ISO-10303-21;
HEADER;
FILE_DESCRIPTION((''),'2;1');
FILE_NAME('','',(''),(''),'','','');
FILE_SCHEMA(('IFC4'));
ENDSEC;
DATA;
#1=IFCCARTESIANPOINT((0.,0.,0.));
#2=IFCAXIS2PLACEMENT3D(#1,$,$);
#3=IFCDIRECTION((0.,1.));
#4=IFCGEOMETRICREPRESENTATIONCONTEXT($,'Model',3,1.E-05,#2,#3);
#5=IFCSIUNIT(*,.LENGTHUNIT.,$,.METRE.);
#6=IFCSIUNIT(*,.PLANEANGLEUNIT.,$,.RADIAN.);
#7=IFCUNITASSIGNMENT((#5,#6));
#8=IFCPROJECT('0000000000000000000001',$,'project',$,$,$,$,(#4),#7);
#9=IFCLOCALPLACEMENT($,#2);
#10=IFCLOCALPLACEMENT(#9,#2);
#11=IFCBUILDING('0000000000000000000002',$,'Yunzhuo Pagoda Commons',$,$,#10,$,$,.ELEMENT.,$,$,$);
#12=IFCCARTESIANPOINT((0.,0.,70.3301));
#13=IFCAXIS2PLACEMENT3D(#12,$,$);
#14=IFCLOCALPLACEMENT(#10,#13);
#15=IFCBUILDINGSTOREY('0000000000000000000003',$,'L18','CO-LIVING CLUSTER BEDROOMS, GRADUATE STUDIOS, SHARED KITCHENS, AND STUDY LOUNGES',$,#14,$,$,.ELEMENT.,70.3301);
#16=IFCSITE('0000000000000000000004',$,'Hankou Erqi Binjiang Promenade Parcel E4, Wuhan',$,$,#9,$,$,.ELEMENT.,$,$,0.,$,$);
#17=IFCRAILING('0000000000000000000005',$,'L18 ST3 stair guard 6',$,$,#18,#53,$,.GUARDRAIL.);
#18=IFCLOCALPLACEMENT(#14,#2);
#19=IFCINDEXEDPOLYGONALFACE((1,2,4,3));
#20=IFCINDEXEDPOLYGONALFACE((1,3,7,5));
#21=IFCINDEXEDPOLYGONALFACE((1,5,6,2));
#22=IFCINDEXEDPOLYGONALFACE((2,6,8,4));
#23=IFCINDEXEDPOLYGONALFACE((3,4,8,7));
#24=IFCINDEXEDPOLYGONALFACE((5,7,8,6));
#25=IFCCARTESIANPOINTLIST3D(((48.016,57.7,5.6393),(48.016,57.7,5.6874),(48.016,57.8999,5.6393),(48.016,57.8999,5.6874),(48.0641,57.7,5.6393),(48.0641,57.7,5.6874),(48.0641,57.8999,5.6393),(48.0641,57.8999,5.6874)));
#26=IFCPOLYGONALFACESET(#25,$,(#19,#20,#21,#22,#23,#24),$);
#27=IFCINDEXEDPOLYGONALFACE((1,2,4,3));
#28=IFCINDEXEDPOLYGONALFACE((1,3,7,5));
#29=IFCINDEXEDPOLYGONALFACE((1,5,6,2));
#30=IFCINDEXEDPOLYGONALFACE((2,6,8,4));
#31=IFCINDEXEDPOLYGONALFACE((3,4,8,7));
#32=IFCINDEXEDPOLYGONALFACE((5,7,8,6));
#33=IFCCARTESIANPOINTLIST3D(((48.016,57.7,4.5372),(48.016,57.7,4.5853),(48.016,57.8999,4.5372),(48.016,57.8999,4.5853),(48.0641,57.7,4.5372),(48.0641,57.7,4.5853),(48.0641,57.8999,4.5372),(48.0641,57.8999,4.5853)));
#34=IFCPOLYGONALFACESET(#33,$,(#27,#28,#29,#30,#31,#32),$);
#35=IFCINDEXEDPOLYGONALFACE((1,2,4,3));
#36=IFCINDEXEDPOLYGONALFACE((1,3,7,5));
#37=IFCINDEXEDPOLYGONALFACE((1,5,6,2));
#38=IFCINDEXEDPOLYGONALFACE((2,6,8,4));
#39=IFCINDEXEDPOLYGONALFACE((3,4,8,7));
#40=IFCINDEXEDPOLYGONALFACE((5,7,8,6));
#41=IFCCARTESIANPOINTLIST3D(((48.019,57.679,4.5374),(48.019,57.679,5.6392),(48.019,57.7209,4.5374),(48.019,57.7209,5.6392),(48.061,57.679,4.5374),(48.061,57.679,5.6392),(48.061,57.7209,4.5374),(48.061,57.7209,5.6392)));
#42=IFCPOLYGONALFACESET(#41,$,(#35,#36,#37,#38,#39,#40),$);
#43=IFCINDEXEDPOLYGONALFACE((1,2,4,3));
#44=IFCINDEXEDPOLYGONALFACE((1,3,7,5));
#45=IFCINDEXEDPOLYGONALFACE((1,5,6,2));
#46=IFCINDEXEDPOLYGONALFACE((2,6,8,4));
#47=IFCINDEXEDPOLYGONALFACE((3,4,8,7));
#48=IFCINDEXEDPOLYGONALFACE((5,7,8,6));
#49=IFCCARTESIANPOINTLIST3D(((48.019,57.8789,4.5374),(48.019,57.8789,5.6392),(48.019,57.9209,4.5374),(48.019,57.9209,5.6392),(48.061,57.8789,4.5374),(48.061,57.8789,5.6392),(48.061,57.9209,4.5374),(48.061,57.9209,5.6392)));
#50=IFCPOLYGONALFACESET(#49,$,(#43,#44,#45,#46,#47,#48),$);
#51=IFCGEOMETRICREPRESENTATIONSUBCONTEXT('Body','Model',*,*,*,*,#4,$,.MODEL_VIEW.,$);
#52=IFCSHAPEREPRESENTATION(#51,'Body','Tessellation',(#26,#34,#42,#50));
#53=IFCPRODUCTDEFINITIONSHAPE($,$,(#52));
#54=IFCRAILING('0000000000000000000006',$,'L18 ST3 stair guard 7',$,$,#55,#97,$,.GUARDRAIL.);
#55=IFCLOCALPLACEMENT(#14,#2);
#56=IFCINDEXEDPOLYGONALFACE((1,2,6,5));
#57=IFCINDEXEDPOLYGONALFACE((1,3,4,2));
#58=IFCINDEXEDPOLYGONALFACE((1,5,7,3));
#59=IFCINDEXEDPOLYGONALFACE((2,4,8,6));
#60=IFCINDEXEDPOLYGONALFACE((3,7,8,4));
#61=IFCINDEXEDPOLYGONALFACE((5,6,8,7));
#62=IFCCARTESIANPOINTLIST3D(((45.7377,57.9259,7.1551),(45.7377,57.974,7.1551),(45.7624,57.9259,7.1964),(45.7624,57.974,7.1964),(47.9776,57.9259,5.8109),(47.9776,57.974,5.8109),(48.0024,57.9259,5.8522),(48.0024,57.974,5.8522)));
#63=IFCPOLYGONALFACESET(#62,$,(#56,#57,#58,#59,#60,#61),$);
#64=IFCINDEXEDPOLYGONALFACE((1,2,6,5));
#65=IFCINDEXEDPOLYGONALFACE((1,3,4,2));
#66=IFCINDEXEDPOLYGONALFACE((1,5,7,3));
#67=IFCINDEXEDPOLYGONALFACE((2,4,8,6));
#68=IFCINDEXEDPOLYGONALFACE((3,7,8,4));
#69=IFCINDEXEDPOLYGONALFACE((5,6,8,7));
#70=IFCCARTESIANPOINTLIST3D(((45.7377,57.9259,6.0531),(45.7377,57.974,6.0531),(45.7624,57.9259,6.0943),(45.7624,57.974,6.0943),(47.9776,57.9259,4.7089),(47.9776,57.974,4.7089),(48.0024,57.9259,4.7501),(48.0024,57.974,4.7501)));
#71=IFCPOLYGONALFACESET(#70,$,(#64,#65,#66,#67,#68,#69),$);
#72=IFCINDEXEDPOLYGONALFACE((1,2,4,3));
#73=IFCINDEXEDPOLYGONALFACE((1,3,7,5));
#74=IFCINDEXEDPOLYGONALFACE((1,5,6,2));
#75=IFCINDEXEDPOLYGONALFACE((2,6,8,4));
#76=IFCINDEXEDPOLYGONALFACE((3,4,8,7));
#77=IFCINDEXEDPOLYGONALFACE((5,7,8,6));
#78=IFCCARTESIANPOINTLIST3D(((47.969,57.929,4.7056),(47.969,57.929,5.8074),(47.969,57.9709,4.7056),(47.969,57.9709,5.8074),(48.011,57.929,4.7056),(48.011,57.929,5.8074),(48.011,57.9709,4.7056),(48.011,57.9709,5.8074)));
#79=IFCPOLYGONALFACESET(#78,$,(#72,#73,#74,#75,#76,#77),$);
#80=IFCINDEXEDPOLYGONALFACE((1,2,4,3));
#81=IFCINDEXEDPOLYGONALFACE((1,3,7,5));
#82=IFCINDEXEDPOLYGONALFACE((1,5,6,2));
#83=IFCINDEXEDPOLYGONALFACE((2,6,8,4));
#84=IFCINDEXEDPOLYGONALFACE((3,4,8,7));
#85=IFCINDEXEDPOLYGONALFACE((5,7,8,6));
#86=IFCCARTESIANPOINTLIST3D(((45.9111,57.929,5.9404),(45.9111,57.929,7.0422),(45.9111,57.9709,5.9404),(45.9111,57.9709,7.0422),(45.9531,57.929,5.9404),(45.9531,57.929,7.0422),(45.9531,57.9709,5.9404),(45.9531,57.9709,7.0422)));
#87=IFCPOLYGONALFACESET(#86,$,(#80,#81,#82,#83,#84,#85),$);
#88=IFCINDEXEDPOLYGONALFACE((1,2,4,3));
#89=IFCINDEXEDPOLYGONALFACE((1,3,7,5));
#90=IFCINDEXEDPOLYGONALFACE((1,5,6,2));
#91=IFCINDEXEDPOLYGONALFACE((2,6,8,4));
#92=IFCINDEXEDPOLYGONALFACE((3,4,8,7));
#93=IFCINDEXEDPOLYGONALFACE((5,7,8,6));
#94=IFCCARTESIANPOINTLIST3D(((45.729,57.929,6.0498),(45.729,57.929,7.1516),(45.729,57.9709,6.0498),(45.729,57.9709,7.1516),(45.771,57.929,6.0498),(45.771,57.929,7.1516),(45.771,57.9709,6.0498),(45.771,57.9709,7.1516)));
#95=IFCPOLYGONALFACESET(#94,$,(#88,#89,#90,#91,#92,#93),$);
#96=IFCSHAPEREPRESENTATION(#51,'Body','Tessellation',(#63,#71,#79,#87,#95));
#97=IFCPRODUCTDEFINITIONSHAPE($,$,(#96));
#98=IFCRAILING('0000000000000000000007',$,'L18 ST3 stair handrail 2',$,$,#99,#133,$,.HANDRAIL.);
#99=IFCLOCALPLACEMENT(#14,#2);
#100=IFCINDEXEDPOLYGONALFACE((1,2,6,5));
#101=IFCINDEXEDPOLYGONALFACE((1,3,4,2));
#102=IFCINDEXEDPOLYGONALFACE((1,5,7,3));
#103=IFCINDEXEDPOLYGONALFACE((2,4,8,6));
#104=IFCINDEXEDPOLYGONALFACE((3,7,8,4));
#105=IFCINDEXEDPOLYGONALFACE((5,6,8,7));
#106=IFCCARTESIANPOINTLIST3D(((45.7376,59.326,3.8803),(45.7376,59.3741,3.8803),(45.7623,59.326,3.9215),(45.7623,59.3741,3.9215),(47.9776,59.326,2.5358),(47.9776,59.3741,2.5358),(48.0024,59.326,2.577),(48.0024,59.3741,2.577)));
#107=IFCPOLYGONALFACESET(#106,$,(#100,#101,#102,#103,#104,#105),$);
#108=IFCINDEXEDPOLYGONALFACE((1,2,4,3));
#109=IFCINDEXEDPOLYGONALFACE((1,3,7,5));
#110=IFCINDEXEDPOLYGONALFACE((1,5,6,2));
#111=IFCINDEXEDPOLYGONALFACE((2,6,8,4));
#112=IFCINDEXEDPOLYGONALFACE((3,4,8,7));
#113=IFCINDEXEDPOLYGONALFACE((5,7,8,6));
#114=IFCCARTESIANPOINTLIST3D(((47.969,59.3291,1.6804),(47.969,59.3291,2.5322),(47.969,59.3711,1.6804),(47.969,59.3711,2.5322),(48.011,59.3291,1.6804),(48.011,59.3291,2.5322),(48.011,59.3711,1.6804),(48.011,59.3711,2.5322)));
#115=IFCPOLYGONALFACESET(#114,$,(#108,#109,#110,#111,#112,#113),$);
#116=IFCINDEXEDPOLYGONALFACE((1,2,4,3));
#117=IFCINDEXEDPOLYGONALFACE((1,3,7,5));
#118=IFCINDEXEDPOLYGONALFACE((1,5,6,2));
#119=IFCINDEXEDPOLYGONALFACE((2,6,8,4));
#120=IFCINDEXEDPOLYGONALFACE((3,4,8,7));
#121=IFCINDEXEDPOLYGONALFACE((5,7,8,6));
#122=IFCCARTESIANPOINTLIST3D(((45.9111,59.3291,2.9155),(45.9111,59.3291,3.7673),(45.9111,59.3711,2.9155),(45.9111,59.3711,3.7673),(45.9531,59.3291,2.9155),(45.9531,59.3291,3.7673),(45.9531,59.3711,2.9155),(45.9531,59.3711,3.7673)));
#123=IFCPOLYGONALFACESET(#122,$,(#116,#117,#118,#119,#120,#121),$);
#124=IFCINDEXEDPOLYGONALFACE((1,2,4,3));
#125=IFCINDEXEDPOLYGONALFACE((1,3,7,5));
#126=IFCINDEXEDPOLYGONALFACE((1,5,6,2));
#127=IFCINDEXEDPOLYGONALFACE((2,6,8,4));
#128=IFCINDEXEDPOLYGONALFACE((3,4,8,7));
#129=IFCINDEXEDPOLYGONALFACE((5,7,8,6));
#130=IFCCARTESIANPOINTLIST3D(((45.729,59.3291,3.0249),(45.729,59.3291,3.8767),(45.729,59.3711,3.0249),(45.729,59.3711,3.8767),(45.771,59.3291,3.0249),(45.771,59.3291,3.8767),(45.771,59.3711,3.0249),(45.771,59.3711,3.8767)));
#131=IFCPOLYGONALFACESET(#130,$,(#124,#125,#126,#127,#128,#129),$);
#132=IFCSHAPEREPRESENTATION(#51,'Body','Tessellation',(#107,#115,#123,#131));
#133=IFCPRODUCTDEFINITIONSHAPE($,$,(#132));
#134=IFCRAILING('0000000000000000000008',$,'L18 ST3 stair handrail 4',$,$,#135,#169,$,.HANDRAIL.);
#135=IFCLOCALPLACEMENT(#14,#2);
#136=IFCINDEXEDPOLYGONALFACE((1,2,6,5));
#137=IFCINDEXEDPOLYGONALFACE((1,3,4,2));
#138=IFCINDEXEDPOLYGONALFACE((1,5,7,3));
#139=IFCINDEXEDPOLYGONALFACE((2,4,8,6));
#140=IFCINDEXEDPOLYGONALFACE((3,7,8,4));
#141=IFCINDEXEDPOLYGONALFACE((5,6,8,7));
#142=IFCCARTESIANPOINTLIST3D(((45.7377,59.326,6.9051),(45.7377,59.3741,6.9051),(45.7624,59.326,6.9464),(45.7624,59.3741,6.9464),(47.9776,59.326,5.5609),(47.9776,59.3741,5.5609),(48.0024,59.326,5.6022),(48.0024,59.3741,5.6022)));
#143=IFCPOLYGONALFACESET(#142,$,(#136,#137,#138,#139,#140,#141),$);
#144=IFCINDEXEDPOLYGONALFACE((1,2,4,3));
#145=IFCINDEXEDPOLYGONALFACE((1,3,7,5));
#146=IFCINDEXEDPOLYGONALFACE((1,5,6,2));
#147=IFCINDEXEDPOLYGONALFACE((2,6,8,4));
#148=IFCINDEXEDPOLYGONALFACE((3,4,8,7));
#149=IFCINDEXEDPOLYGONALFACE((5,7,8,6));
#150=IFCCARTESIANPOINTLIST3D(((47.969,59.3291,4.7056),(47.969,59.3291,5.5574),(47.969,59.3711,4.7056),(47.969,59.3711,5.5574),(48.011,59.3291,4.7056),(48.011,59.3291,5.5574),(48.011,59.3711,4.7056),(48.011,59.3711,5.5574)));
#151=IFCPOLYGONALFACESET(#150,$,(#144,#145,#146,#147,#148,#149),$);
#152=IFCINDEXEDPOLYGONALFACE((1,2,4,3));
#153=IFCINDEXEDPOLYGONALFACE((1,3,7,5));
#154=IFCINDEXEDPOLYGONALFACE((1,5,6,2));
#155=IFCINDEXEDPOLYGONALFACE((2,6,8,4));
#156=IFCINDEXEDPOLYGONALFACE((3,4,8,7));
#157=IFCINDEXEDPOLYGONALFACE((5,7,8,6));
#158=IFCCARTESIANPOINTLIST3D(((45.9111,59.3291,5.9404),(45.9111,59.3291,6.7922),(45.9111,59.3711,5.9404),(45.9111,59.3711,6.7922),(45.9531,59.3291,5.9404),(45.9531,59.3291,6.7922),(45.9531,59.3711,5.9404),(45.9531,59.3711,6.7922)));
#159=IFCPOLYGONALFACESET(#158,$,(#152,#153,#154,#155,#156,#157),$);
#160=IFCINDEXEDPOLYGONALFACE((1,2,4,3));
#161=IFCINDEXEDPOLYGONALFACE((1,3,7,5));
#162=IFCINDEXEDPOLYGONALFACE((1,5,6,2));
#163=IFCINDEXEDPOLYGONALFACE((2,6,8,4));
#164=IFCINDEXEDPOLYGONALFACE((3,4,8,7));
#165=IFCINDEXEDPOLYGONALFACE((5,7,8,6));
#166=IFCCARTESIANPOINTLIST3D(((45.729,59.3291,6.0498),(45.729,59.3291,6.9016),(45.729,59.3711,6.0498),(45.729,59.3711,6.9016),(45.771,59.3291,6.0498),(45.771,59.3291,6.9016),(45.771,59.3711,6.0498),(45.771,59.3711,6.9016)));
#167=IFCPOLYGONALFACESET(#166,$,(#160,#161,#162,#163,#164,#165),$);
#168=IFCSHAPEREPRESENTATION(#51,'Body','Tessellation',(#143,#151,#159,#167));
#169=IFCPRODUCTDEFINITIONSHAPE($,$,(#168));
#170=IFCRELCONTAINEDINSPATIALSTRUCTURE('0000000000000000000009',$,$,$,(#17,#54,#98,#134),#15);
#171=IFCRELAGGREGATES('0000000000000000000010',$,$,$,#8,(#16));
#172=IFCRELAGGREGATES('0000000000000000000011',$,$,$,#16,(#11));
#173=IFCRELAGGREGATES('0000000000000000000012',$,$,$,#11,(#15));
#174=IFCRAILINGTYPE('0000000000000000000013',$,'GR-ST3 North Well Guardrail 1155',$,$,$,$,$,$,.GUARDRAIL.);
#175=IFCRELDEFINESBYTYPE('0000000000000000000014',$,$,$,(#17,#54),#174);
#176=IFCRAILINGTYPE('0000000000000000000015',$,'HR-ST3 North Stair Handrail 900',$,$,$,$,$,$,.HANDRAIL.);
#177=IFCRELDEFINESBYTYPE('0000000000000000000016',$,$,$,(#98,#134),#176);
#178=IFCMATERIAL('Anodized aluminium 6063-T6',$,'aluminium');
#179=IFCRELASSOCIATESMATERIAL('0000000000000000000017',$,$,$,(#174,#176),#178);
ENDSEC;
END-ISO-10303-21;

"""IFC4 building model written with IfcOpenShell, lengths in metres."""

from ifc_helpers import new_model, si_unit, direction, frame, origin, origin_2d, place, context, subcontext, project, spatial, rectangle, extrude, material, type_object, element, save


model = new_model("IFC4")

# Units and contexts
model_context = context("Model", 3, precision=1e-05, world=origin(), true_north=direction((0.0, 1.0)))
body_context = subcontext(model_context, "Body", "Model", "MODEL_VIEW")
ifc_project = project(units=[si_unit("LENGTHUNIT", "METRE"), si_unit("PLANEANGLEUNIT", "RADIAN")], contexts=[model_context])

# Site, building, storey
site_placement = place(None, origin())
site = spatial("IfcSite", under=ifc_project, at=site_placement, Name="Hankou Erqi Binjiang Promenade Parcel E4, Wuhan", CompositionType="ELEMENT", RefElevation=0.0)
building_placement = place(site_placement, origin())
building = spatial("IfcBuilding", under=site, at=building_placement, Name="Yunzhuo Pagoda Commons", CompositionType="ELEMENT")
storey_placement = place(building_placement, frame((0.0, 0.0, 70.3301)))
storey = spatial("IfcBuildingStorey", under=building, at=storey_placement, Name="L18", Description="CO-LIVING CLUSTER BEDROOMS, GRADUATE STUDIOS, SHARED KITCHENS, AND STUDY LOUNGES", CompositionType="ELEMENT", Elevation=70.3301)

# Shared definitions
ifc_material_1 = material(Name="Anodized aluminium 6063-T6", Category="aluminium")

# Railings
railing_type_1 = type_object("IfcRailingType", Name="GR-ST3 North Well Guardrail 1155", PredefinedType="GUARDRAIL", material=ifc_material_1)
railing_1_placement = place(storey_placement, frame((48.04, 57.7, 4.5374)))
element("IfcRailing", 1, at=railing_1_placement, inside=storey, type_object=railing_type_1, Name="L18 ST3 stair guard 6", PredefinedType="GUARDRAIL", context=body_context, shape_type="SweptSolid", body=[
    extrude(rectangle(XDim=0.0481, YDim=0.0481, at=origin_2d()), frame((0.0, 0.0, 1.126), z_axis=(0.0, 1.0, 0.0), x_axis=(-1.0, 0.0, 0.0)), (0.0, 0.0, 1.0), 0.2),
    extrude(rectangle(XDim=0.0481, YDim=0.0481, at=origin_2d()), frame((0.0, 0.0, 0.0239), z_axis=(0.0, 1.0, 0.0), x_axis=(-1.0, 0.0, 0.0)), (0.0, 0.0, 1.0), 0.2),
    extrude(rectangle(XDim=0.042, YDim=0.042, at=origin_2d()), origin(), (0.0, 0.0, 1.0), 1.1018),
    extrude(rectangle(XDim=0.042, YDim=0.042, at=origin_2d()), frame((0.0, 0.2, 0.0)), (0.0, 0.0, 1.0), 1.1018),
])
railing_2_placement = place(storey_placement, frame((47.99, 57.95, 4.7056)))
element("IfcRailing", 2, at=railing_2_placement, inside=storey, type_object=railing_type_1, Name="L18 ST3 stair guard 7", PredefinedType="GUARDRAIL", context=body_context, shape_type="SweptSolid", body=[
    extrude(rectangle(XDim=0.0481, YDim=0.0481, at=origin_2d()), frame((0.0, 0.0, 1.126), z_axis=(-0.857452, 0.0, 0.514564), x_axis=(0.0, -1.0, 0.0)), (0.0, 0.0, 1.0), 2.6123),
    extrude(rectangle(XDim=0.0481, YDim=0.0481, at=origin_2d()), frame((0.0, 0.0, 0.0239), z_axis=(-0.857452, 0.0, 0.514564), x_axis=(0.0, -1.0, 0.0)), (0.0, 0.0, 1.0), 2.6123),
    extrude(rectangle(XDim=0.042, YDim=0.042, at=origin_2d()), origin(), (0.0, 0.0, 1.0), 1.1018),
    extrude(rectangle(XDim=0.042, YDim=0.042, at=origin_2d()), frame((-2.0579, 0.0, 1.2349)), (0.0, 0.0, 1.0), 1.1018),
    extrude(rectangle(XDim=0.042, YDim=0.042, at=origin_2d()), frame((-2.24, 0.0, 1.3442)), (0.0, 0.0, 1.0), 1.1018),
])
railing_type_2 = type_object("IfcRailingType", Name="HR-ST3 North Stair Handrail 900", PredefinedType="HANDRAIL", material=ifc_material_1)
railing_3_placement = place(storey_placement, frame((47.99, 59.3501, 1.6804)))
element("IfcRailing", 3, at=railing_3_placement, inside=storey, type_object=railing_type_2, Name="L18 ST3 stair handrail 2", PredefinedType="HANDRAIL", context=body_context, shape_type="SweptSolid", body=[
    extrude(rectangle(XDim=0.0481, YDim=0.0481, at=origin_2d()), frame((0.0, 0.0, 0.876), z_axis=(-0.85741, 0.0, 0.514633), x_axis=(0.0, -1.0, 0.0)), (0.0, 0.0, 1.0), 2.6125),
    extrude(rectangle(XDim=0.042, YDim=0.042, at=origin_2d()), origin(), (0.0, 0.0, 1.0), 0.8518),
    extrude(rectangle(XDim=0.042, YDim=0.042, at=origin_2d()), frame((-2.0579, 0.0, 1.2351)), (0.0, 0.0, 1.0), 0.8518),
    extrude(rectangle(XDim=0.042, YDim=0.042, at=origin_2d()), frame((-2.24, 0.0, 1.3445)), (0.0, 0.0, 1.0), 0.8518),
])
railing_4_placement = place(storey_placement, frame((47.99, 59.3501, 4.7056)))
element("IfcRailing", 4, at=railing_4_placement, inside=storey, type_object=railing_type_2, Name="L18 ST3 stair handrail 4", PredefinedType="HANDRAIL", context=body_context, shape_type="SweptSolid", body=[
    extrude(rectangle(XDim=0.0481, YDim=0.0481, at=origin_2d()), frame((0.0, 0.0, 0.876), z_axis=(-0.857452, 0.0, 0.514564), x_axis=(0.0, -1.0, 0.0)), (0.0, 0.0, 1.0), 2.6123),
    extrude(rectangle(XDim=0.042, YDim=0.042, at=origin_2d()), origin(), (0.0, 0.0, 1.0), 0.8518),
    extrude(rectangle(XDim=0.042, YDim=0.042, at=origin_2d()), frame((-2.0579, 0.0, 1.2349)), (0.0, 0.0, 1.0), 0.8518),
    extrude(rectangle(XDim=0.042, YDim=0.042, at=origin_2d()), frame((-2.24, 0.0, 1.3442)), (0.0, 0.0, 1.0), 0.8518),
])

save(model, "model.ifc")
